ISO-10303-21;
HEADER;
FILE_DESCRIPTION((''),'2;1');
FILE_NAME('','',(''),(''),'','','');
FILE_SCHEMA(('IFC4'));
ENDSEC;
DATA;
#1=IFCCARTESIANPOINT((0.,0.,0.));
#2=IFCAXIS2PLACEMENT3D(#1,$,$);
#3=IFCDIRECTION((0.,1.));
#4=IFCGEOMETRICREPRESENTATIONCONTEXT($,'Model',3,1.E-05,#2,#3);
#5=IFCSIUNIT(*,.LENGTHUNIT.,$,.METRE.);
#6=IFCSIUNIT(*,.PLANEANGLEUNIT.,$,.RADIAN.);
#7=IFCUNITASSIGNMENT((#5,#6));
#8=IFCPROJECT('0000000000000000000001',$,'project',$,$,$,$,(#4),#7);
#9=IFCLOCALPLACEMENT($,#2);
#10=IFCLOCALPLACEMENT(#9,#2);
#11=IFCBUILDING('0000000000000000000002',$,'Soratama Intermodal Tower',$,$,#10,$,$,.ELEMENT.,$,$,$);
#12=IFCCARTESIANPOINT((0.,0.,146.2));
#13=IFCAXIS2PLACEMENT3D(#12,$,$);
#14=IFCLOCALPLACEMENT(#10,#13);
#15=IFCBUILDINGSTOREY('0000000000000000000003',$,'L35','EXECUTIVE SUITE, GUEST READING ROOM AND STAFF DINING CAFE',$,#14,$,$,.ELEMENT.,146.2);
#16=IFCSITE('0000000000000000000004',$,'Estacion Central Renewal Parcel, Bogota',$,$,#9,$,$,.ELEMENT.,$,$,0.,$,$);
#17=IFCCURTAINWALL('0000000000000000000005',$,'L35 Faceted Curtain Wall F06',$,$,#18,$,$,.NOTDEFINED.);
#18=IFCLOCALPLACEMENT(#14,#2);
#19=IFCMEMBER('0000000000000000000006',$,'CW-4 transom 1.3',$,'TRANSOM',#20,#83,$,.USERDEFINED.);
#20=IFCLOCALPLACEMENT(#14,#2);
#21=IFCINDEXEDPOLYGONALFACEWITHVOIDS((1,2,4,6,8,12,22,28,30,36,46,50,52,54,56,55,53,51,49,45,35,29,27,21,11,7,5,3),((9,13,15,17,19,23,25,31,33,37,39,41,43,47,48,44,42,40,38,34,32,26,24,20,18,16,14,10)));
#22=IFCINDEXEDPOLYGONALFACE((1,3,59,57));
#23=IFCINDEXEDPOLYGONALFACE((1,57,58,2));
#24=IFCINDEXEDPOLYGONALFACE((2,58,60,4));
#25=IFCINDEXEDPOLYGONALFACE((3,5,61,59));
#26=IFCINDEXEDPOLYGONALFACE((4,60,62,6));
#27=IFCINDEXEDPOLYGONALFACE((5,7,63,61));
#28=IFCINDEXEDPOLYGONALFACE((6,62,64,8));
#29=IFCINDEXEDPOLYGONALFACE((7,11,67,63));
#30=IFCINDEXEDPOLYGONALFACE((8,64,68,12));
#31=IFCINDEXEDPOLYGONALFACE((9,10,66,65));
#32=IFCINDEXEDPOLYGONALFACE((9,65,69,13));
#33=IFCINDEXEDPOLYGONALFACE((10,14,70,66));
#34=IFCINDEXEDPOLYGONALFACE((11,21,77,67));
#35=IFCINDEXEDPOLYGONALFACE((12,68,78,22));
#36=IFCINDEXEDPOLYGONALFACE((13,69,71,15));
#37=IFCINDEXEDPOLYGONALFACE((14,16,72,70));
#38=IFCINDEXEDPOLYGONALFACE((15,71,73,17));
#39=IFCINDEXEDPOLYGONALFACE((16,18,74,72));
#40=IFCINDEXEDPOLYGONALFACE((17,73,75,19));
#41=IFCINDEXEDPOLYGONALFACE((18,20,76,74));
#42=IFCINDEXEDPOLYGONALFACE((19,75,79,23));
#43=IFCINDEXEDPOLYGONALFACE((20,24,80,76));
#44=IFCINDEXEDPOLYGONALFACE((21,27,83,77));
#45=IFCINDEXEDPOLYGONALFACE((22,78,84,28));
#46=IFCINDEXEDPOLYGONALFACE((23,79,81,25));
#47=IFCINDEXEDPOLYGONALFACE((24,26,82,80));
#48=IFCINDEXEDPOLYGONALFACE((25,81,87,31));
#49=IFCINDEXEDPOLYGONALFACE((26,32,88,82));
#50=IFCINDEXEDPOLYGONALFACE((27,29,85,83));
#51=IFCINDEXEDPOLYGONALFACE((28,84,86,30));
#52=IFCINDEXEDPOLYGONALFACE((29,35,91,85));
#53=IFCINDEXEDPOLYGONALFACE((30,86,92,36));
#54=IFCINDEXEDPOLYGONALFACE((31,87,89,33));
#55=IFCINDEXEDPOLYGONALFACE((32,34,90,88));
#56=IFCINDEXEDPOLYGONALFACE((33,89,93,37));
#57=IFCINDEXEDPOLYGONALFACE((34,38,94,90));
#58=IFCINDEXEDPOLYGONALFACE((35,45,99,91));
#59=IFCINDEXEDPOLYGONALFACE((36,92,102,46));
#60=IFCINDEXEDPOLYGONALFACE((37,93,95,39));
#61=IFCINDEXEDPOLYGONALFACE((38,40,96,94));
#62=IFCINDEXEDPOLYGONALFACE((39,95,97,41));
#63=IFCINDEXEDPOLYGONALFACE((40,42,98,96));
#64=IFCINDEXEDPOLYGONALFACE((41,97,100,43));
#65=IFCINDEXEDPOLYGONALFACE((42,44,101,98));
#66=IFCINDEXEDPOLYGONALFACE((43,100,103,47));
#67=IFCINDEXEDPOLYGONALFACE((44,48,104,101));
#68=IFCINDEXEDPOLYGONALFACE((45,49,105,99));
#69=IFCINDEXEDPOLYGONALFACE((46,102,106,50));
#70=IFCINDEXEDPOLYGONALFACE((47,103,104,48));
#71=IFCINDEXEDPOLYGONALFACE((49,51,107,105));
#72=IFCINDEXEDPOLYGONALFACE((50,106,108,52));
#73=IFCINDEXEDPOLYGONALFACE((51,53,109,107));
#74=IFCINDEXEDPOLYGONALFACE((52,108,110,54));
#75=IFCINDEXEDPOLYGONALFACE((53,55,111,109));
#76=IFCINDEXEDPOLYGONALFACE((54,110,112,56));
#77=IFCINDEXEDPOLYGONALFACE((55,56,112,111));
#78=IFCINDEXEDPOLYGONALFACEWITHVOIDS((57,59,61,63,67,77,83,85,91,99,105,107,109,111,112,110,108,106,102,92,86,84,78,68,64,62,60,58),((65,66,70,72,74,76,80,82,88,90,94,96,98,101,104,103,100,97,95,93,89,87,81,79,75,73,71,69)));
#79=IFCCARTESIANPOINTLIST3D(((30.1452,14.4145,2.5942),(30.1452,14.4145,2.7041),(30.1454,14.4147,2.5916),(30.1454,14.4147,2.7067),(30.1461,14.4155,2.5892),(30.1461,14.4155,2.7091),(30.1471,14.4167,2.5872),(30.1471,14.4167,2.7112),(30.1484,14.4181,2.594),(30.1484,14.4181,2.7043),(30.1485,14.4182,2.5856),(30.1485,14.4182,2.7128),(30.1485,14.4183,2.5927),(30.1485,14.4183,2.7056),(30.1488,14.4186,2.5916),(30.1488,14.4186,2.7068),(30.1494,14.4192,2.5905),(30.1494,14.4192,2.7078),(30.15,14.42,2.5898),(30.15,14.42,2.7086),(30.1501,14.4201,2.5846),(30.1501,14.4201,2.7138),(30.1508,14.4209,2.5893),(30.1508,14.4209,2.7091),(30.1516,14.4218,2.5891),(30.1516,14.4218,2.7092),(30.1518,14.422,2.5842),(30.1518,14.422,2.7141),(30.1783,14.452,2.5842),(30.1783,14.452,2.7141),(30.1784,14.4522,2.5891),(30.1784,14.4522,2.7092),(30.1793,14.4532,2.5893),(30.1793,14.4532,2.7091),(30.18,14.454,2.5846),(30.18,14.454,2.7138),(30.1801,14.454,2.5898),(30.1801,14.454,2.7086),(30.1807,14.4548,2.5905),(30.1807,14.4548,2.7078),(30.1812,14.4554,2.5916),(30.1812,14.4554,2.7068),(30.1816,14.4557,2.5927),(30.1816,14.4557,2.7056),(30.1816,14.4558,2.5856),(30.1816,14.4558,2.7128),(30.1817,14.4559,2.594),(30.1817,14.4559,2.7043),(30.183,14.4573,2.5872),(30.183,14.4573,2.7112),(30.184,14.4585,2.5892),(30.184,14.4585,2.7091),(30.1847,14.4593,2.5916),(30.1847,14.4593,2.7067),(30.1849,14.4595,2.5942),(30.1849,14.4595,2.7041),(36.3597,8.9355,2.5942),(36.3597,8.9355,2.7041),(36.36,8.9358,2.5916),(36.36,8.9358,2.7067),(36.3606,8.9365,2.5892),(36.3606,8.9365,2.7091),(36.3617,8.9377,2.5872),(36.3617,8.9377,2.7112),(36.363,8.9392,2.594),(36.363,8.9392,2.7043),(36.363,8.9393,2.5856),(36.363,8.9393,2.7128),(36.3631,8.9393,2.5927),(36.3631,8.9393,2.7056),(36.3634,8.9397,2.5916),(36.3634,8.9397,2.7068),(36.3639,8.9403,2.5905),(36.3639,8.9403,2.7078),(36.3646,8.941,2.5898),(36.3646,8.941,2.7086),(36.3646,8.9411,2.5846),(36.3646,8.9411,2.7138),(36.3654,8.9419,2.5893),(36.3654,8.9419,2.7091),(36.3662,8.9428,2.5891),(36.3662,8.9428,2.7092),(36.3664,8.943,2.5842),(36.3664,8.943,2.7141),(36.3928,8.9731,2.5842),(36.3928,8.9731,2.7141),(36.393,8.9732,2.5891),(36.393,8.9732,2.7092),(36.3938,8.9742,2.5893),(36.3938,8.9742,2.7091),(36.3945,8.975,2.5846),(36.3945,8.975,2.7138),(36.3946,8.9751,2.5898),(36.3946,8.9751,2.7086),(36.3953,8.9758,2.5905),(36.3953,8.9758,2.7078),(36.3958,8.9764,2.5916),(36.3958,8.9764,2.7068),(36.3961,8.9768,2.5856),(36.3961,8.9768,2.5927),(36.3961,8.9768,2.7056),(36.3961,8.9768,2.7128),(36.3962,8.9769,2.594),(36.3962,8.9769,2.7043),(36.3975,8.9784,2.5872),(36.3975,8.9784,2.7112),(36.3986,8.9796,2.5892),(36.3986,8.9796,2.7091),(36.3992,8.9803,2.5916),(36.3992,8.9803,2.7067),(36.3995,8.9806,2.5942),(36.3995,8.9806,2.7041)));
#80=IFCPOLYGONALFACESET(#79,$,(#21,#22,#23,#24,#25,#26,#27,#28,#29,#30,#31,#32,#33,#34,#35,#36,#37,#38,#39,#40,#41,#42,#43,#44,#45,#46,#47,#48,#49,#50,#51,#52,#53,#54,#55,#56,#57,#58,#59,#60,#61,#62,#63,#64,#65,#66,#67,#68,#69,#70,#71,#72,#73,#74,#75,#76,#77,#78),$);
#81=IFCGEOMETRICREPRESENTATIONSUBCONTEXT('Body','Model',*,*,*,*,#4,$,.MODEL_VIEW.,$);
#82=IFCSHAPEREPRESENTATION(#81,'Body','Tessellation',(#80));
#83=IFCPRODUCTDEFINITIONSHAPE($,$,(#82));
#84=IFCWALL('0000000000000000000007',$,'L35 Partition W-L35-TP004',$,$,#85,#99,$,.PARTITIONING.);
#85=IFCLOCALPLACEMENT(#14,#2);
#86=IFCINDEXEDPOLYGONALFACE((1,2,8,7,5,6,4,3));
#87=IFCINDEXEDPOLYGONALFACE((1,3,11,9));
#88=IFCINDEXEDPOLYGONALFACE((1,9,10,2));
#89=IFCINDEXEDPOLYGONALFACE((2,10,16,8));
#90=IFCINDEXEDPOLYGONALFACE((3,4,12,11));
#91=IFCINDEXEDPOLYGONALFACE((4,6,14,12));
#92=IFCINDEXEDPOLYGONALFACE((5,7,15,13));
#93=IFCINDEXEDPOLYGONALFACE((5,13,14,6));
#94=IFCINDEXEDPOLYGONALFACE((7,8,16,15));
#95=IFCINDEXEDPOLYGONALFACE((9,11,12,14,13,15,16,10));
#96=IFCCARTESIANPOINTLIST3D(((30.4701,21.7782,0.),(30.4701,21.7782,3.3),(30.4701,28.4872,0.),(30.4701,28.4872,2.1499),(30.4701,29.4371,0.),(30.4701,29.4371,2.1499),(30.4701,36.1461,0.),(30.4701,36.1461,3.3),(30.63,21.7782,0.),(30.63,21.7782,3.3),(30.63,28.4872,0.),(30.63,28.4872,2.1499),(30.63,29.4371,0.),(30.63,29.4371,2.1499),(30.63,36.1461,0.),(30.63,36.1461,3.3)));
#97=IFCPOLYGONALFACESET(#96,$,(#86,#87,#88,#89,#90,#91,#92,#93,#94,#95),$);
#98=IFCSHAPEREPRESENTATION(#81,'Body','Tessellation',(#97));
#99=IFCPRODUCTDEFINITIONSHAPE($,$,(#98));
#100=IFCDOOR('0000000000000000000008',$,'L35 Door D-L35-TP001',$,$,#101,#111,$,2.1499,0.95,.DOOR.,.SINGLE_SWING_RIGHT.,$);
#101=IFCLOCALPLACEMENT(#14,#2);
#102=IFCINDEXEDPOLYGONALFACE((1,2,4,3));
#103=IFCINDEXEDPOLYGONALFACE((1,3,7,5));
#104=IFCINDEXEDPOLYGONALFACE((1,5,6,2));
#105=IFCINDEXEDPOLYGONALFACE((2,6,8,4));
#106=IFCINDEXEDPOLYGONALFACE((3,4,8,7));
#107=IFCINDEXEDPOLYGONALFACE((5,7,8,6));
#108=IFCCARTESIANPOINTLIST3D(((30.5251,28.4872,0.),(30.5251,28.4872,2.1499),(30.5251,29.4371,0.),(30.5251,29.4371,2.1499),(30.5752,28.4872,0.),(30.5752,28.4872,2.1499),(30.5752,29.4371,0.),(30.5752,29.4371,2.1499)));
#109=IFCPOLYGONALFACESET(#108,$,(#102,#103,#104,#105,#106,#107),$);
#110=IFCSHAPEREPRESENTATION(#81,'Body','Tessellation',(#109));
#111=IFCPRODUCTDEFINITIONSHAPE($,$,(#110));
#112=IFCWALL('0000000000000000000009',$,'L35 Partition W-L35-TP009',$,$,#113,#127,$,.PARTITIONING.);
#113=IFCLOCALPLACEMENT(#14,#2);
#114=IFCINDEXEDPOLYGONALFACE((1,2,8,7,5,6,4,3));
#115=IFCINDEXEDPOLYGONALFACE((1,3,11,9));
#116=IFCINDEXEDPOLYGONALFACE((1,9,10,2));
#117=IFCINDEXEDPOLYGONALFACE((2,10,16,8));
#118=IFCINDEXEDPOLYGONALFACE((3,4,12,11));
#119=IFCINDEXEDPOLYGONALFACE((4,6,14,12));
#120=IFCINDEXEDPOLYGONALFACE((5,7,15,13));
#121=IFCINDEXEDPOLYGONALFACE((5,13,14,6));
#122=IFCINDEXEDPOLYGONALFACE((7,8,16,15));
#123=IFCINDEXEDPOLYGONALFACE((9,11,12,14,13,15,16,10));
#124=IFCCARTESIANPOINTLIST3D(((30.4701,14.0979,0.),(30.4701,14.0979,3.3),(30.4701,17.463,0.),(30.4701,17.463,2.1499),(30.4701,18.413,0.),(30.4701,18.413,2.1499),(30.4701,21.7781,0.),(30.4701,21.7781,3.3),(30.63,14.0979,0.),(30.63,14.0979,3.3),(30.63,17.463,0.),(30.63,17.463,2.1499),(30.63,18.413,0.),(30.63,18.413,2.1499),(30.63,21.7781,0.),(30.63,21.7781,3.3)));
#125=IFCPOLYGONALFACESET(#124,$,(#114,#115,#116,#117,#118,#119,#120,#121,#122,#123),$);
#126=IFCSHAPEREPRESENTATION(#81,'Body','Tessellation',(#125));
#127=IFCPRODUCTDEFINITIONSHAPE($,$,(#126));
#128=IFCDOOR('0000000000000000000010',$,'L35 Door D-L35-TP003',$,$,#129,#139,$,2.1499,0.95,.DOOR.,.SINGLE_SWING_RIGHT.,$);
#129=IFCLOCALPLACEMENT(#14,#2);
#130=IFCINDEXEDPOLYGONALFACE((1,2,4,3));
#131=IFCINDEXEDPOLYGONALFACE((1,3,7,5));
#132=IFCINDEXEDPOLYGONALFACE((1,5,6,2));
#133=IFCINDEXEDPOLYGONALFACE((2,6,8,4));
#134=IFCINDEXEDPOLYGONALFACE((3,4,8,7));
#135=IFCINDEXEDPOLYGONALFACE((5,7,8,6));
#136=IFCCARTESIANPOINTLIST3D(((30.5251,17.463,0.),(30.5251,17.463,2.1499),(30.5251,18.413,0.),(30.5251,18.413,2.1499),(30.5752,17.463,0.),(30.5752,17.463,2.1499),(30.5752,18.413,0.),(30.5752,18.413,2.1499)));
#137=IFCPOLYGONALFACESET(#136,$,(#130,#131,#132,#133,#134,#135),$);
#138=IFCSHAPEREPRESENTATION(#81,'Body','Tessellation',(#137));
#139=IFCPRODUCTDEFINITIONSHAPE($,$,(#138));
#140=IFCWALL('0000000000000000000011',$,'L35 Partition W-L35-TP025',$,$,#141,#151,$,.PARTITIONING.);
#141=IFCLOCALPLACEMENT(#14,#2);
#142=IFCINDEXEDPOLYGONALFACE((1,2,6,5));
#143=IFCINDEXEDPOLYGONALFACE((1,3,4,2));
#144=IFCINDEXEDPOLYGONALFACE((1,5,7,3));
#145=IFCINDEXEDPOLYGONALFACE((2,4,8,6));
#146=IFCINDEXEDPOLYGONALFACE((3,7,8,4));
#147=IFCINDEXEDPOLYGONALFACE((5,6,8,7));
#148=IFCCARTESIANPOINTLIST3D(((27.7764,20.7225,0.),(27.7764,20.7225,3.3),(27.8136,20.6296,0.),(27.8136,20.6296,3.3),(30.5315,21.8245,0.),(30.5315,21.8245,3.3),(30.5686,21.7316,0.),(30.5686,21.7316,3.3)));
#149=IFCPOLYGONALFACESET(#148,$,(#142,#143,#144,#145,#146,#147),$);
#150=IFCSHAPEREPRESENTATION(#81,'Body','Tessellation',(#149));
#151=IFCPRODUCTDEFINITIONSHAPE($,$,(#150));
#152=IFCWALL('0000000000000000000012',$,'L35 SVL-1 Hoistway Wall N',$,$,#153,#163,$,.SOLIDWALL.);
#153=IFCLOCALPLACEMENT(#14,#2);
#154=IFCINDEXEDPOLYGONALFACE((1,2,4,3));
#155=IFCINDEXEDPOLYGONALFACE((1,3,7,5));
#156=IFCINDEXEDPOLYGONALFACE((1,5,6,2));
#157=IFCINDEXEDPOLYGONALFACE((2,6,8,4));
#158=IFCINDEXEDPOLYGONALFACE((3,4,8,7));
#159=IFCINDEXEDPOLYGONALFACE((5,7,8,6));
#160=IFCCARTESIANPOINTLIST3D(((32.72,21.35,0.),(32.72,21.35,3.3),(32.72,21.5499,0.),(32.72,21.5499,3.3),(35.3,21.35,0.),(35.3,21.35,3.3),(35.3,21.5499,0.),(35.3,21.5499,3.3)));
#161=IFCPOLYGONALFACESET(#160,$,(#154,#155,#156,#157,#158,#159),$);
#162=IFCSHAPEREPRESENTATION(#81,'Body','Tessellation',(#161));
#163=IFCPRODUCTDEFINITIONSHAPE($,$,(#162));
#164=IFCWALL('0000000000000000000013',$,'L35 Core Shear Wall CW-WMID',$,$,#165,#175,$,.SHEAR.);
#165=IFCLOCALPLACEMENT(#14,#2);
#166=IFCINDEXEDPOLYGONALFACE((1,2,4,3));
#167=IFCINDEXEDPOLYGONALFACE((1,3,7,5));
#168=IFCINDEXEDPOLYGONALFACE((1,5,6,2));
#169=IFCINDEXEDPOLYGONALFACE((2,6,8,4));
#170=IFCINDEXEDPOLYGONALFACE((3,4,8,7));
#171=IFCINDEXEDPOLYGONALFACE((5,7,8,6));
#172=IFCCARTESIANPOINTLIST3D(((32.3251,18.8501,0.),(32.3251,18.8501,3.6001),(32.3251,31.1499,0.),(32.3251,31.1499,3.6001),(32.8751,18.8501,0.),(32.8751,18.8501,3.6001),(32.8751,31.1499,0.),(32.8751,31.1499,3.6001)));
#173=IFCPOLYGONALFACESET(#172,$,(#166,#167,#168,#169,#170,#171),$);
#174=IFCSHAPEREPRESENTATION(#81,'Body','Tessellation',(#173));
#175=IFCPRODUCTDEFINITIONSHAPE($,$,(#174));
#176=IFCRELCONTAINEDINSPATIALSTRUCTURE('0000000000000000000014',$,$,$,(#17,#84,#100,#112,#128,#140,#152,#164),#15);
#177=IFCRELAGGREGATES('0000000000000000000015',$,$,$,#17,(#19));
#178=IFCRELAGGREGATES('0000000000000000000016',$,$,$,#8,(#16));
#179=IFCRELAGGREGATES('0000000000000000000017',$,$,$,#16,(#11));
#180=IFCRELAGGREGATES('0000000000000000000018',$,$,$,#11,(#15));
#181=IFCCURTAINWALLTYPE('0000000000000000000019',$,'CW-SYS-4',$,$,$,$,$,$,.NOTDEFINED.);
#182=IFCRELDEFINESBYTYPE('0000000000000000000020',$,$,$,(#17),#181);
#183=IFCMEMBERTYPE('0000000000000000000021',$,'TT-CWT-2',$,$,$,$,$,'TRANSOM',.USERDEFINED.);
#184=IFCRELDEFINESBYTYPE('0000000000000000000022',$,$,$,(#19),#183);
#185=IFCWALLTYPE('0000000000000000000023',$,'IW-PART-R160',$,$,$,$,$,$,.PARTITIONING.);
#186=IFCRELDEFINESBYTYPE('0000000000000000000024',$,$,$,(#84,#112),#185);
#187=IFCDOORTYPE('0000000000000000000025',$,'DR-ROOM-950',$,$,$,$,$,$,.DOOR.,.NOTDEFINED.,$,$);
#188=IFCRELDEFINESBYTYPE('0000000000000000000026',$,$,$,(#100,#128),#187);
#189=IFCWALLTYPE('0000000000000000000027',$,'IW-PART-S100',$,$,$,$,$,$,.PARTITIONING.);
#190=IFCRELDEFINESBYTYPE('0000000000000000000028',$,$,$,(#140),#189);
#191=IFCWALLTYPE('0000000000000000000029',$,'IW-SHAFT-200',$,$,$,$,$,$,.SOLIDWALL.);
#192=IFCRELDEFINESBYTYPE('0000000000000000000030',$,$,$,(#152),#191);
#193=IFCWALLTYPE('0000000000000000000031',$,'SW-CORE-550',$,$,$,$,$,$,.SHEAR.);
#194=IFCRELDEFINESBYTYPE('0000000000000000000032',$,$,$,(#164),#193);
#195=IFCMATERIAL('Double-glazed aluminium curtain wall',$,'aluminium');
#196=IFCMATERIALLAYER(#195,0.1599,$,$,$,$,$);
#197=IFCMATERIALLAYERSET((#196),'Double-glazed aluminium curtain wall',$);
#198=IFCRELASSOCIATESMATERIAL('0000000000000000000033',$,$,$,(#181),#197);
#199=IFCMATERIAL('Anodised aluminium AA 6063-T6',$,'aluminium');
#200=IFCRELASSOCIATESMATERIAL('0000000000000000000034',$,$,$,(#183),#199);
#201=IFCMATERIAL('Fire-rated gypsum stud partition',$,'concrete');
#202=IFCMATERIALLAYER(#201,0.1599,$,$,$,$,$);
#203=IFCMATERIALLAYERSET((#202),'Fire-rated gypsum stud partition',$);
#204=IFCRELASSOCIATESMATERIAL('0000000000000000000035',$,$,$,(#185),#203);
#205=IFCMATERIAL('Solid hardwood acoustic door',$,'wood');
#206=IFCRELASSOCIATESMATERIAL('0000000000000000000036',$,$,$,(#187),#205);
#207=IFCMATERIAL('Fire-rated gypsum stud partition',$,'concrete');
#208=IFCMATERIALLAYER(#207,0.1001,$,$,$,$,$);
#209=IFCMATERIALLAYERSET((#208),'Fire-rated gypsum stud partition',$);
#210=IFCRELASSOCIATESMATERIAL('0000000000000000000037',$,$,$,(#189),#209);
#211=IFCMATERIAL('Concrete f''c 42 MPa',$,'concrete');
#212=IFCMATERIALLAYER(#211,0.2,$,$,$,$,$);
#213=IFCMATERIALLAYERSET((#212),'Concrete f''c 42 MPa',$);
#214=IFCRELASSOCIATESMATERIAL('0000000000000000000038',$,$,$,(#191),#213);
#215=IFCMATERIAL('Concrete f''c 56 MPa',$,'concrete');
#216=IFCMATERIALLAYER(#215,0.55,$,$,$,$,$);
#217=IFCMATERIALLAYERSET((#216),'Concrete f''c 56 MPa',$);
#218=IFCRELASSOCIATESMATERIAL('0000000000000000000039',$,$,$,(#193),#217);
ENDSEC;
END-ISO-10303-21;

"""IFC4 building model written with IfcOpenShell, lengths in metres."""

from ifc_helpers import new_model, si_unit, direction, frame, frame_2d, origin, origin_2d, place, context, subcontext, project, spatial, rectangle, hollow_rectangle, extrude, material, layer, layer_set, material_profile, profile_set, type_object, element, fill, aggregate, save


model = new_model("IFC4")

# Units and contexts
model_context = context("Model", 3, precision=1e-05, world=origin(), true_north=direction((0.0, 1.0)))
body_context = subcontext(model_context, "Body", "Model", "MODEL_VIEW")
ifc_project = project(units=[si_unit("LENGTHUNIT", "METRE"), si_unit("PLANEANGLEUNIT", "RADIAN")], contexts=[model_context])

# Site, building, storey
site_placement = place(None, origin())
site = spatial("IfcSite", under=ifc_project, at=site_placement, Name="Estacion Central Renewal Parcel, Bogota", CompositionType="ELEMENT", RefElevation=0.0)
building_placement = place(site_placement, origin())
building = spatial("IfcBuilding", under=site, at=building_placement, Name="Soratama Intermodal Tower", CompositionType="ELEMENT")
storey_placement = place(building_placement, frame((0.0, 0.0, 146.2)))
storey = spatial("IfcBuildingStorey", under=building, at=storey_placement, Name="L35", Description="EXECUTIVE SUITE, GUEST READING ROOM AND STAFF DINING CAFE", CompositionType="ELEMENT", Elevation=146.2)

# Curtain wall, member
ifc_material_1 = material(Name="Double-glazed aluminium curtain wall", Category="aluminium")
ifc_layer_1 = layer(ifc_material_1, 0.1599)
ifc_layer_set_1 = layer_set([ifc_layer_1], Name="Double-glazed aluminium curtain wall")
curtain_wall_type = type_object("IfcCurtainWallType", Name="CW-SYS-4", PredefinedType="NOTDEFINED", material=ifc_layer_set_1)
curtain_wall_placement = place(storey_placement, origin())
curtain_wall = element("IfcCurtainWall", 1, at=curtain_wall_placement, inside=storey, type_object=curtain_wall_type, Name="L35 Faceted Curtain Wall F06", PredefinedType="NOTDEFINED")
ifc_material_2 = material(Name="Anodised aluminium AA 6063-T6", Category="aluminium")
ifc_material_profile_1 = material_profile(ifc_material_2, hollow_rectangle(XDim=0.0601, YDim=0.1299, WallThickness=0.0049, InnerFilletRadius=0.0049, OuterFilletRadius=0.01, at=origin_2d()), Name="CWT130X60X5")
ifc_profile_set_1 = profile_set([ifc_material_profile_1], Name="Anodised aluminium AA 6063-T6")
member_type = type_object("IfcMemberType", Name="TT-CWT-2", ElementType="TRANSOM", PredefinedType="USERDEFINED", material=ifc_profile_set_1)
member_1_placement = place(storey_placement, frame((30.165, 14.437, 2.6492), z_axis=(0.750105, -0.661318, 0.0), x_axis=(0.661318, 0.750105, 0.0)))
member_1 = element("IfcMember", 2, at=member_1_placement, type_object=member_type, Name="CW-4 transom 1.3", ObjectType="TRANSOM", PredefinedType="USERDEFINED", context=body_context, shape_type="SweptSolid", body=[
    extrude(hollow_rectangle(XDim=0.0601, YDim=0.1299, WallThickness=0.0049, InnerFilletRadius=0.0049, OuterFilletRadius=0.01, at=origin_2d()), origin(), (0.0, 0.0, 1.0), 8.2849),
])
aggregate(curtain_wall, [member_1])

# Walls, openings, doors
ifc_material_3 = material(Name="Fire-rated gypsum stud partition", Category="concrete")
ifc_layer_2 = layer(ifc_material_3, 0.1599)
ifc_layer_set_2 = layer_set([ifc_layer_2], Name="Fire-rated gypsum stud partition")
wall_type_1 = type_object("IfcWallType", Name="IW-PART-R160", PredefinedType="PARTITIONING", material=ifc_layer_set_2)
wall_1_placement = place(storey_placement, frame((30.55, 21.7781, 0.0), z_axis=(0.0, 0.0, 1.0), x_axis=(0.0, 1.0, 0.0)))
wall_1 = element("IfcWall", 3, at=wall_1_placement, inside=storey, type_object=wall_type_1, Name="L35 Partition W-L35-TP004", PredefinedType="PARTITIONING", context=body_context, shape_type="SweptSolid", body=[
    extrude(rectangle(XDim=14.3679, YDim=0.1599, at=frame_2d((7.1841, 0.0))), origin(), (0.0, 0.0, 1.0), 3.3),
])
opening_1_placement = place(wall_1_placement, frame((6.709, 0.0, 0.0)))
opening_1 = element("IfcOpeningElement", 4, at=opening_1_placement, cuts=wall_1, PredefinedType="OPENING", context=body_context, shape_type="SweptSolid", body=[
    extrude(rectangle(XDim=0.95, YDim=2.1499, at=frame_2d((0.4751, 1.075))), frame((0.0, 0.0898, 0.0), z_axis=(0.0, -1.0, 0.0), x_axis=(1.0, 0.0, 0.0)), (0.0, 0.0, 1.0), 0.1799),
])
ifc_material_4 = material(Name="Solid hardwood acoustic door", Category="wood")
door_type = type_object("IfcDoorType", Name="DR-ROOM-950", OperationType="NOTDEFINED", PredefinedType="DOOR", material=ifc_material_4)
door_1_placement = place(opening_1_placement, origin())
door_1 = element("IfcDoor", 5, at=door_1_placement, inside=storey, type_object=door_type, Name="L35 Door D-L35-TP001", OperationType="SINGLE_SWING_RIGHT", OverallHeight=2.1499, OverallWidth=0.95, PredefinedType="DOOR", context=body_context, shape_type="SweptSolid", body=[
    extrude(rectangle(XDim=0.95, YDim=2.1499, at=frame_2d((0.4751, 1.075))), frame((0.0, 0.0249, 0.0), z_axis=(0.0, -1.0, 0.0), x_axis=(1.0, 0.0, 0.0)), (0.0, 0.0, 1.0), 0.05),
])
fill(opening_1, door_1)
wall_2_placement = place(storey_placement, frame((30.55, 14.0979, 0.0), z_axis=(0.0, 0.0, 1.0), x_axis=(0.0, 1.0, 0.0)))
wall_2 = element("IfcWall", 6, at=wall_2_placement, inside=storey, type_object=wall_type_1, Name="L35 Partition W-L35-TP009", PredefinedType="PARTITIONING", context=body_context, shape_type="SweptSolid", body=[
    extrude(rectangle(XDim=7.6802, YDim=0.1599, at=frame_2d((3.8401, 0.0))), origin(), (0.0, 0.0, 1.0), 3.3),
])
opening_2_placement = place(wall_2_placement, frame((3.365, 0.0, 0.0)))
opening_2 = element("IfcOpeningElement", 7, at=opening_2_placement, cuts=wall_2, PredefinedType="OPENING", context=body_context, shape_type="SweptSolid", body=[
    extrude(rectangle(XDim=0.95, YDim=2.1499, at=frame_2d((0.4751, 1.075))), frame((0.0, 0.0898, 0.0), z_axis=(0.0, -1.0, 0.0), x_axis=(1.0, 0.0, 0.0)), (0.0, 0.0, 1.0), 0.1799),
])
door_2_placement = place(opening_2_placement, origin())
door_2 = element("IfcDoor", 8, at=door_2_placement, inside=storey, type_object=door_type, Name="L35 Door D-L35-TP003", OperationType="SINGLE_SWING_RIGHT", OverallHeight=2.1499, OverallWidth=0.95, PredefinedType="DOOR", context=body_context, shape_type="SweptSolid", body=[
    extrude(rectangle(XDim=0.95, YDim=2.1499, at=frame_2d((0.4751, 1.075))), frame((0.0, 0.0249, 0.0), z_axis=(0.0, -1.0, 0.0), x_axis=(1.0, 0.0, 0.0)), (0.0, 0.0, 1.0), 0.05),
])
fill(opening_2, door_2)

# Walls
ifc_material_5 = material(Name="Fire-rated gypsum stud partition", Category="concrete")
ifc_layer_3 = layer(ifc_material_5, 0.1001)
ifc_layer_set_3 = layer_set([ifc_layer_3], Name="Fire-rated gypsum stud partition")
wall_type_2 = type_object("IfcWallType", Name="IW-PART-S100", PredefinedType="PARTITIONING", material=ifc_layer_set_3)
wall_3_placement = place(storey_placement, frame((30.55, 21.7781, 0.0), z_axis=(0.0, 0.0, 1.0), x_axis=(-0.928477, -0.371391, 0.0)))
element("IfcWall", 9, at=wall_3_placement, inside=storey, type_object=wall_type_2, Name="L35 Partition W-L35-TP025", PredefinedType="PARTITIONING", context=body_context, shape_type="SweptSolid", body=[
    extrude(rectangle(XDim=2.9673, YDim=0.1001, at=frame_2d((1.4836, 0.0))), origin(), (0.0, 0.0, 1.0), 3.3),
])
ifc_material_6 = material(Name="Concrete f'c 42 MPa", Category="concrete")
ifc_layer_4 = layer(ifc_material_6, 0.2)
ifc_layer_set_4 = layer_set([ifc_layer_4], Name="Concrete f'c 42 MPa")
wall_type_3 = type_object("IfcWallType", Name="IW-SHAFT-200", PredefinedType="SOLIDWALL", material=ifc_layer_set_4)
wall_4_placement = place(storey_placement, frame((32.72, 21.45, 0.0), z_axis=(0.0, 0.0, 1.0), x_axis=(1.0, 0.0, 0.0)))
element("IfcWall", 10, at=wall_4_placement, inside=storey, type_object=wall_type_3, Name="L35 SVL-1 Hoistway Wall N", PredefinedType="SOLIDWALL", context=body_context, shape_type="SweptSolid", body=[
    extrude(rectangle(XDim=2.5801, YDim=0.2, at=frame_2d((1.29, 0.0))), origin(), (0.0, 0.0, 1.0), 3.3),
])
ifc_material_7 = material(Name="Concrete f'c 56 MPa", Category="concrete")
ifc_layer_5 = layer(ifc_material_7, 0.55)
ifc_layer_set_5 = layer_set([ifc_layer_5], Name="Concrete f'c 56 MPa")
wall_type_4 = type_object("IfcWallType", Name="SW-CORE-550", PredefinedType="SHEAR", material=ifc_layer_set_5)
wall_5_placement = place(storey_placement, frame((32.6001, 18.8501, 0.0), z_axis=(0.0, 0.0, 1.0), x_axis=(0.0, 1.0, 0.0)))
element("IfcWall", 11, at=wall_5_placement, inside=storey, type_object=wall_type_4, Name="L35 Core Shear Wall CW-WMID", PredefinedType="SHEAR", context=body_context, shape_type="SweptSolid", body=[
    extrude(rectangle(XDim=12.2998, YDim=0.55, at=frame_2d((6.1499, 0.0))), origin(), (0.0, 0.0, 1.0), 3.6001),
])

save(model, "model.ifc")
